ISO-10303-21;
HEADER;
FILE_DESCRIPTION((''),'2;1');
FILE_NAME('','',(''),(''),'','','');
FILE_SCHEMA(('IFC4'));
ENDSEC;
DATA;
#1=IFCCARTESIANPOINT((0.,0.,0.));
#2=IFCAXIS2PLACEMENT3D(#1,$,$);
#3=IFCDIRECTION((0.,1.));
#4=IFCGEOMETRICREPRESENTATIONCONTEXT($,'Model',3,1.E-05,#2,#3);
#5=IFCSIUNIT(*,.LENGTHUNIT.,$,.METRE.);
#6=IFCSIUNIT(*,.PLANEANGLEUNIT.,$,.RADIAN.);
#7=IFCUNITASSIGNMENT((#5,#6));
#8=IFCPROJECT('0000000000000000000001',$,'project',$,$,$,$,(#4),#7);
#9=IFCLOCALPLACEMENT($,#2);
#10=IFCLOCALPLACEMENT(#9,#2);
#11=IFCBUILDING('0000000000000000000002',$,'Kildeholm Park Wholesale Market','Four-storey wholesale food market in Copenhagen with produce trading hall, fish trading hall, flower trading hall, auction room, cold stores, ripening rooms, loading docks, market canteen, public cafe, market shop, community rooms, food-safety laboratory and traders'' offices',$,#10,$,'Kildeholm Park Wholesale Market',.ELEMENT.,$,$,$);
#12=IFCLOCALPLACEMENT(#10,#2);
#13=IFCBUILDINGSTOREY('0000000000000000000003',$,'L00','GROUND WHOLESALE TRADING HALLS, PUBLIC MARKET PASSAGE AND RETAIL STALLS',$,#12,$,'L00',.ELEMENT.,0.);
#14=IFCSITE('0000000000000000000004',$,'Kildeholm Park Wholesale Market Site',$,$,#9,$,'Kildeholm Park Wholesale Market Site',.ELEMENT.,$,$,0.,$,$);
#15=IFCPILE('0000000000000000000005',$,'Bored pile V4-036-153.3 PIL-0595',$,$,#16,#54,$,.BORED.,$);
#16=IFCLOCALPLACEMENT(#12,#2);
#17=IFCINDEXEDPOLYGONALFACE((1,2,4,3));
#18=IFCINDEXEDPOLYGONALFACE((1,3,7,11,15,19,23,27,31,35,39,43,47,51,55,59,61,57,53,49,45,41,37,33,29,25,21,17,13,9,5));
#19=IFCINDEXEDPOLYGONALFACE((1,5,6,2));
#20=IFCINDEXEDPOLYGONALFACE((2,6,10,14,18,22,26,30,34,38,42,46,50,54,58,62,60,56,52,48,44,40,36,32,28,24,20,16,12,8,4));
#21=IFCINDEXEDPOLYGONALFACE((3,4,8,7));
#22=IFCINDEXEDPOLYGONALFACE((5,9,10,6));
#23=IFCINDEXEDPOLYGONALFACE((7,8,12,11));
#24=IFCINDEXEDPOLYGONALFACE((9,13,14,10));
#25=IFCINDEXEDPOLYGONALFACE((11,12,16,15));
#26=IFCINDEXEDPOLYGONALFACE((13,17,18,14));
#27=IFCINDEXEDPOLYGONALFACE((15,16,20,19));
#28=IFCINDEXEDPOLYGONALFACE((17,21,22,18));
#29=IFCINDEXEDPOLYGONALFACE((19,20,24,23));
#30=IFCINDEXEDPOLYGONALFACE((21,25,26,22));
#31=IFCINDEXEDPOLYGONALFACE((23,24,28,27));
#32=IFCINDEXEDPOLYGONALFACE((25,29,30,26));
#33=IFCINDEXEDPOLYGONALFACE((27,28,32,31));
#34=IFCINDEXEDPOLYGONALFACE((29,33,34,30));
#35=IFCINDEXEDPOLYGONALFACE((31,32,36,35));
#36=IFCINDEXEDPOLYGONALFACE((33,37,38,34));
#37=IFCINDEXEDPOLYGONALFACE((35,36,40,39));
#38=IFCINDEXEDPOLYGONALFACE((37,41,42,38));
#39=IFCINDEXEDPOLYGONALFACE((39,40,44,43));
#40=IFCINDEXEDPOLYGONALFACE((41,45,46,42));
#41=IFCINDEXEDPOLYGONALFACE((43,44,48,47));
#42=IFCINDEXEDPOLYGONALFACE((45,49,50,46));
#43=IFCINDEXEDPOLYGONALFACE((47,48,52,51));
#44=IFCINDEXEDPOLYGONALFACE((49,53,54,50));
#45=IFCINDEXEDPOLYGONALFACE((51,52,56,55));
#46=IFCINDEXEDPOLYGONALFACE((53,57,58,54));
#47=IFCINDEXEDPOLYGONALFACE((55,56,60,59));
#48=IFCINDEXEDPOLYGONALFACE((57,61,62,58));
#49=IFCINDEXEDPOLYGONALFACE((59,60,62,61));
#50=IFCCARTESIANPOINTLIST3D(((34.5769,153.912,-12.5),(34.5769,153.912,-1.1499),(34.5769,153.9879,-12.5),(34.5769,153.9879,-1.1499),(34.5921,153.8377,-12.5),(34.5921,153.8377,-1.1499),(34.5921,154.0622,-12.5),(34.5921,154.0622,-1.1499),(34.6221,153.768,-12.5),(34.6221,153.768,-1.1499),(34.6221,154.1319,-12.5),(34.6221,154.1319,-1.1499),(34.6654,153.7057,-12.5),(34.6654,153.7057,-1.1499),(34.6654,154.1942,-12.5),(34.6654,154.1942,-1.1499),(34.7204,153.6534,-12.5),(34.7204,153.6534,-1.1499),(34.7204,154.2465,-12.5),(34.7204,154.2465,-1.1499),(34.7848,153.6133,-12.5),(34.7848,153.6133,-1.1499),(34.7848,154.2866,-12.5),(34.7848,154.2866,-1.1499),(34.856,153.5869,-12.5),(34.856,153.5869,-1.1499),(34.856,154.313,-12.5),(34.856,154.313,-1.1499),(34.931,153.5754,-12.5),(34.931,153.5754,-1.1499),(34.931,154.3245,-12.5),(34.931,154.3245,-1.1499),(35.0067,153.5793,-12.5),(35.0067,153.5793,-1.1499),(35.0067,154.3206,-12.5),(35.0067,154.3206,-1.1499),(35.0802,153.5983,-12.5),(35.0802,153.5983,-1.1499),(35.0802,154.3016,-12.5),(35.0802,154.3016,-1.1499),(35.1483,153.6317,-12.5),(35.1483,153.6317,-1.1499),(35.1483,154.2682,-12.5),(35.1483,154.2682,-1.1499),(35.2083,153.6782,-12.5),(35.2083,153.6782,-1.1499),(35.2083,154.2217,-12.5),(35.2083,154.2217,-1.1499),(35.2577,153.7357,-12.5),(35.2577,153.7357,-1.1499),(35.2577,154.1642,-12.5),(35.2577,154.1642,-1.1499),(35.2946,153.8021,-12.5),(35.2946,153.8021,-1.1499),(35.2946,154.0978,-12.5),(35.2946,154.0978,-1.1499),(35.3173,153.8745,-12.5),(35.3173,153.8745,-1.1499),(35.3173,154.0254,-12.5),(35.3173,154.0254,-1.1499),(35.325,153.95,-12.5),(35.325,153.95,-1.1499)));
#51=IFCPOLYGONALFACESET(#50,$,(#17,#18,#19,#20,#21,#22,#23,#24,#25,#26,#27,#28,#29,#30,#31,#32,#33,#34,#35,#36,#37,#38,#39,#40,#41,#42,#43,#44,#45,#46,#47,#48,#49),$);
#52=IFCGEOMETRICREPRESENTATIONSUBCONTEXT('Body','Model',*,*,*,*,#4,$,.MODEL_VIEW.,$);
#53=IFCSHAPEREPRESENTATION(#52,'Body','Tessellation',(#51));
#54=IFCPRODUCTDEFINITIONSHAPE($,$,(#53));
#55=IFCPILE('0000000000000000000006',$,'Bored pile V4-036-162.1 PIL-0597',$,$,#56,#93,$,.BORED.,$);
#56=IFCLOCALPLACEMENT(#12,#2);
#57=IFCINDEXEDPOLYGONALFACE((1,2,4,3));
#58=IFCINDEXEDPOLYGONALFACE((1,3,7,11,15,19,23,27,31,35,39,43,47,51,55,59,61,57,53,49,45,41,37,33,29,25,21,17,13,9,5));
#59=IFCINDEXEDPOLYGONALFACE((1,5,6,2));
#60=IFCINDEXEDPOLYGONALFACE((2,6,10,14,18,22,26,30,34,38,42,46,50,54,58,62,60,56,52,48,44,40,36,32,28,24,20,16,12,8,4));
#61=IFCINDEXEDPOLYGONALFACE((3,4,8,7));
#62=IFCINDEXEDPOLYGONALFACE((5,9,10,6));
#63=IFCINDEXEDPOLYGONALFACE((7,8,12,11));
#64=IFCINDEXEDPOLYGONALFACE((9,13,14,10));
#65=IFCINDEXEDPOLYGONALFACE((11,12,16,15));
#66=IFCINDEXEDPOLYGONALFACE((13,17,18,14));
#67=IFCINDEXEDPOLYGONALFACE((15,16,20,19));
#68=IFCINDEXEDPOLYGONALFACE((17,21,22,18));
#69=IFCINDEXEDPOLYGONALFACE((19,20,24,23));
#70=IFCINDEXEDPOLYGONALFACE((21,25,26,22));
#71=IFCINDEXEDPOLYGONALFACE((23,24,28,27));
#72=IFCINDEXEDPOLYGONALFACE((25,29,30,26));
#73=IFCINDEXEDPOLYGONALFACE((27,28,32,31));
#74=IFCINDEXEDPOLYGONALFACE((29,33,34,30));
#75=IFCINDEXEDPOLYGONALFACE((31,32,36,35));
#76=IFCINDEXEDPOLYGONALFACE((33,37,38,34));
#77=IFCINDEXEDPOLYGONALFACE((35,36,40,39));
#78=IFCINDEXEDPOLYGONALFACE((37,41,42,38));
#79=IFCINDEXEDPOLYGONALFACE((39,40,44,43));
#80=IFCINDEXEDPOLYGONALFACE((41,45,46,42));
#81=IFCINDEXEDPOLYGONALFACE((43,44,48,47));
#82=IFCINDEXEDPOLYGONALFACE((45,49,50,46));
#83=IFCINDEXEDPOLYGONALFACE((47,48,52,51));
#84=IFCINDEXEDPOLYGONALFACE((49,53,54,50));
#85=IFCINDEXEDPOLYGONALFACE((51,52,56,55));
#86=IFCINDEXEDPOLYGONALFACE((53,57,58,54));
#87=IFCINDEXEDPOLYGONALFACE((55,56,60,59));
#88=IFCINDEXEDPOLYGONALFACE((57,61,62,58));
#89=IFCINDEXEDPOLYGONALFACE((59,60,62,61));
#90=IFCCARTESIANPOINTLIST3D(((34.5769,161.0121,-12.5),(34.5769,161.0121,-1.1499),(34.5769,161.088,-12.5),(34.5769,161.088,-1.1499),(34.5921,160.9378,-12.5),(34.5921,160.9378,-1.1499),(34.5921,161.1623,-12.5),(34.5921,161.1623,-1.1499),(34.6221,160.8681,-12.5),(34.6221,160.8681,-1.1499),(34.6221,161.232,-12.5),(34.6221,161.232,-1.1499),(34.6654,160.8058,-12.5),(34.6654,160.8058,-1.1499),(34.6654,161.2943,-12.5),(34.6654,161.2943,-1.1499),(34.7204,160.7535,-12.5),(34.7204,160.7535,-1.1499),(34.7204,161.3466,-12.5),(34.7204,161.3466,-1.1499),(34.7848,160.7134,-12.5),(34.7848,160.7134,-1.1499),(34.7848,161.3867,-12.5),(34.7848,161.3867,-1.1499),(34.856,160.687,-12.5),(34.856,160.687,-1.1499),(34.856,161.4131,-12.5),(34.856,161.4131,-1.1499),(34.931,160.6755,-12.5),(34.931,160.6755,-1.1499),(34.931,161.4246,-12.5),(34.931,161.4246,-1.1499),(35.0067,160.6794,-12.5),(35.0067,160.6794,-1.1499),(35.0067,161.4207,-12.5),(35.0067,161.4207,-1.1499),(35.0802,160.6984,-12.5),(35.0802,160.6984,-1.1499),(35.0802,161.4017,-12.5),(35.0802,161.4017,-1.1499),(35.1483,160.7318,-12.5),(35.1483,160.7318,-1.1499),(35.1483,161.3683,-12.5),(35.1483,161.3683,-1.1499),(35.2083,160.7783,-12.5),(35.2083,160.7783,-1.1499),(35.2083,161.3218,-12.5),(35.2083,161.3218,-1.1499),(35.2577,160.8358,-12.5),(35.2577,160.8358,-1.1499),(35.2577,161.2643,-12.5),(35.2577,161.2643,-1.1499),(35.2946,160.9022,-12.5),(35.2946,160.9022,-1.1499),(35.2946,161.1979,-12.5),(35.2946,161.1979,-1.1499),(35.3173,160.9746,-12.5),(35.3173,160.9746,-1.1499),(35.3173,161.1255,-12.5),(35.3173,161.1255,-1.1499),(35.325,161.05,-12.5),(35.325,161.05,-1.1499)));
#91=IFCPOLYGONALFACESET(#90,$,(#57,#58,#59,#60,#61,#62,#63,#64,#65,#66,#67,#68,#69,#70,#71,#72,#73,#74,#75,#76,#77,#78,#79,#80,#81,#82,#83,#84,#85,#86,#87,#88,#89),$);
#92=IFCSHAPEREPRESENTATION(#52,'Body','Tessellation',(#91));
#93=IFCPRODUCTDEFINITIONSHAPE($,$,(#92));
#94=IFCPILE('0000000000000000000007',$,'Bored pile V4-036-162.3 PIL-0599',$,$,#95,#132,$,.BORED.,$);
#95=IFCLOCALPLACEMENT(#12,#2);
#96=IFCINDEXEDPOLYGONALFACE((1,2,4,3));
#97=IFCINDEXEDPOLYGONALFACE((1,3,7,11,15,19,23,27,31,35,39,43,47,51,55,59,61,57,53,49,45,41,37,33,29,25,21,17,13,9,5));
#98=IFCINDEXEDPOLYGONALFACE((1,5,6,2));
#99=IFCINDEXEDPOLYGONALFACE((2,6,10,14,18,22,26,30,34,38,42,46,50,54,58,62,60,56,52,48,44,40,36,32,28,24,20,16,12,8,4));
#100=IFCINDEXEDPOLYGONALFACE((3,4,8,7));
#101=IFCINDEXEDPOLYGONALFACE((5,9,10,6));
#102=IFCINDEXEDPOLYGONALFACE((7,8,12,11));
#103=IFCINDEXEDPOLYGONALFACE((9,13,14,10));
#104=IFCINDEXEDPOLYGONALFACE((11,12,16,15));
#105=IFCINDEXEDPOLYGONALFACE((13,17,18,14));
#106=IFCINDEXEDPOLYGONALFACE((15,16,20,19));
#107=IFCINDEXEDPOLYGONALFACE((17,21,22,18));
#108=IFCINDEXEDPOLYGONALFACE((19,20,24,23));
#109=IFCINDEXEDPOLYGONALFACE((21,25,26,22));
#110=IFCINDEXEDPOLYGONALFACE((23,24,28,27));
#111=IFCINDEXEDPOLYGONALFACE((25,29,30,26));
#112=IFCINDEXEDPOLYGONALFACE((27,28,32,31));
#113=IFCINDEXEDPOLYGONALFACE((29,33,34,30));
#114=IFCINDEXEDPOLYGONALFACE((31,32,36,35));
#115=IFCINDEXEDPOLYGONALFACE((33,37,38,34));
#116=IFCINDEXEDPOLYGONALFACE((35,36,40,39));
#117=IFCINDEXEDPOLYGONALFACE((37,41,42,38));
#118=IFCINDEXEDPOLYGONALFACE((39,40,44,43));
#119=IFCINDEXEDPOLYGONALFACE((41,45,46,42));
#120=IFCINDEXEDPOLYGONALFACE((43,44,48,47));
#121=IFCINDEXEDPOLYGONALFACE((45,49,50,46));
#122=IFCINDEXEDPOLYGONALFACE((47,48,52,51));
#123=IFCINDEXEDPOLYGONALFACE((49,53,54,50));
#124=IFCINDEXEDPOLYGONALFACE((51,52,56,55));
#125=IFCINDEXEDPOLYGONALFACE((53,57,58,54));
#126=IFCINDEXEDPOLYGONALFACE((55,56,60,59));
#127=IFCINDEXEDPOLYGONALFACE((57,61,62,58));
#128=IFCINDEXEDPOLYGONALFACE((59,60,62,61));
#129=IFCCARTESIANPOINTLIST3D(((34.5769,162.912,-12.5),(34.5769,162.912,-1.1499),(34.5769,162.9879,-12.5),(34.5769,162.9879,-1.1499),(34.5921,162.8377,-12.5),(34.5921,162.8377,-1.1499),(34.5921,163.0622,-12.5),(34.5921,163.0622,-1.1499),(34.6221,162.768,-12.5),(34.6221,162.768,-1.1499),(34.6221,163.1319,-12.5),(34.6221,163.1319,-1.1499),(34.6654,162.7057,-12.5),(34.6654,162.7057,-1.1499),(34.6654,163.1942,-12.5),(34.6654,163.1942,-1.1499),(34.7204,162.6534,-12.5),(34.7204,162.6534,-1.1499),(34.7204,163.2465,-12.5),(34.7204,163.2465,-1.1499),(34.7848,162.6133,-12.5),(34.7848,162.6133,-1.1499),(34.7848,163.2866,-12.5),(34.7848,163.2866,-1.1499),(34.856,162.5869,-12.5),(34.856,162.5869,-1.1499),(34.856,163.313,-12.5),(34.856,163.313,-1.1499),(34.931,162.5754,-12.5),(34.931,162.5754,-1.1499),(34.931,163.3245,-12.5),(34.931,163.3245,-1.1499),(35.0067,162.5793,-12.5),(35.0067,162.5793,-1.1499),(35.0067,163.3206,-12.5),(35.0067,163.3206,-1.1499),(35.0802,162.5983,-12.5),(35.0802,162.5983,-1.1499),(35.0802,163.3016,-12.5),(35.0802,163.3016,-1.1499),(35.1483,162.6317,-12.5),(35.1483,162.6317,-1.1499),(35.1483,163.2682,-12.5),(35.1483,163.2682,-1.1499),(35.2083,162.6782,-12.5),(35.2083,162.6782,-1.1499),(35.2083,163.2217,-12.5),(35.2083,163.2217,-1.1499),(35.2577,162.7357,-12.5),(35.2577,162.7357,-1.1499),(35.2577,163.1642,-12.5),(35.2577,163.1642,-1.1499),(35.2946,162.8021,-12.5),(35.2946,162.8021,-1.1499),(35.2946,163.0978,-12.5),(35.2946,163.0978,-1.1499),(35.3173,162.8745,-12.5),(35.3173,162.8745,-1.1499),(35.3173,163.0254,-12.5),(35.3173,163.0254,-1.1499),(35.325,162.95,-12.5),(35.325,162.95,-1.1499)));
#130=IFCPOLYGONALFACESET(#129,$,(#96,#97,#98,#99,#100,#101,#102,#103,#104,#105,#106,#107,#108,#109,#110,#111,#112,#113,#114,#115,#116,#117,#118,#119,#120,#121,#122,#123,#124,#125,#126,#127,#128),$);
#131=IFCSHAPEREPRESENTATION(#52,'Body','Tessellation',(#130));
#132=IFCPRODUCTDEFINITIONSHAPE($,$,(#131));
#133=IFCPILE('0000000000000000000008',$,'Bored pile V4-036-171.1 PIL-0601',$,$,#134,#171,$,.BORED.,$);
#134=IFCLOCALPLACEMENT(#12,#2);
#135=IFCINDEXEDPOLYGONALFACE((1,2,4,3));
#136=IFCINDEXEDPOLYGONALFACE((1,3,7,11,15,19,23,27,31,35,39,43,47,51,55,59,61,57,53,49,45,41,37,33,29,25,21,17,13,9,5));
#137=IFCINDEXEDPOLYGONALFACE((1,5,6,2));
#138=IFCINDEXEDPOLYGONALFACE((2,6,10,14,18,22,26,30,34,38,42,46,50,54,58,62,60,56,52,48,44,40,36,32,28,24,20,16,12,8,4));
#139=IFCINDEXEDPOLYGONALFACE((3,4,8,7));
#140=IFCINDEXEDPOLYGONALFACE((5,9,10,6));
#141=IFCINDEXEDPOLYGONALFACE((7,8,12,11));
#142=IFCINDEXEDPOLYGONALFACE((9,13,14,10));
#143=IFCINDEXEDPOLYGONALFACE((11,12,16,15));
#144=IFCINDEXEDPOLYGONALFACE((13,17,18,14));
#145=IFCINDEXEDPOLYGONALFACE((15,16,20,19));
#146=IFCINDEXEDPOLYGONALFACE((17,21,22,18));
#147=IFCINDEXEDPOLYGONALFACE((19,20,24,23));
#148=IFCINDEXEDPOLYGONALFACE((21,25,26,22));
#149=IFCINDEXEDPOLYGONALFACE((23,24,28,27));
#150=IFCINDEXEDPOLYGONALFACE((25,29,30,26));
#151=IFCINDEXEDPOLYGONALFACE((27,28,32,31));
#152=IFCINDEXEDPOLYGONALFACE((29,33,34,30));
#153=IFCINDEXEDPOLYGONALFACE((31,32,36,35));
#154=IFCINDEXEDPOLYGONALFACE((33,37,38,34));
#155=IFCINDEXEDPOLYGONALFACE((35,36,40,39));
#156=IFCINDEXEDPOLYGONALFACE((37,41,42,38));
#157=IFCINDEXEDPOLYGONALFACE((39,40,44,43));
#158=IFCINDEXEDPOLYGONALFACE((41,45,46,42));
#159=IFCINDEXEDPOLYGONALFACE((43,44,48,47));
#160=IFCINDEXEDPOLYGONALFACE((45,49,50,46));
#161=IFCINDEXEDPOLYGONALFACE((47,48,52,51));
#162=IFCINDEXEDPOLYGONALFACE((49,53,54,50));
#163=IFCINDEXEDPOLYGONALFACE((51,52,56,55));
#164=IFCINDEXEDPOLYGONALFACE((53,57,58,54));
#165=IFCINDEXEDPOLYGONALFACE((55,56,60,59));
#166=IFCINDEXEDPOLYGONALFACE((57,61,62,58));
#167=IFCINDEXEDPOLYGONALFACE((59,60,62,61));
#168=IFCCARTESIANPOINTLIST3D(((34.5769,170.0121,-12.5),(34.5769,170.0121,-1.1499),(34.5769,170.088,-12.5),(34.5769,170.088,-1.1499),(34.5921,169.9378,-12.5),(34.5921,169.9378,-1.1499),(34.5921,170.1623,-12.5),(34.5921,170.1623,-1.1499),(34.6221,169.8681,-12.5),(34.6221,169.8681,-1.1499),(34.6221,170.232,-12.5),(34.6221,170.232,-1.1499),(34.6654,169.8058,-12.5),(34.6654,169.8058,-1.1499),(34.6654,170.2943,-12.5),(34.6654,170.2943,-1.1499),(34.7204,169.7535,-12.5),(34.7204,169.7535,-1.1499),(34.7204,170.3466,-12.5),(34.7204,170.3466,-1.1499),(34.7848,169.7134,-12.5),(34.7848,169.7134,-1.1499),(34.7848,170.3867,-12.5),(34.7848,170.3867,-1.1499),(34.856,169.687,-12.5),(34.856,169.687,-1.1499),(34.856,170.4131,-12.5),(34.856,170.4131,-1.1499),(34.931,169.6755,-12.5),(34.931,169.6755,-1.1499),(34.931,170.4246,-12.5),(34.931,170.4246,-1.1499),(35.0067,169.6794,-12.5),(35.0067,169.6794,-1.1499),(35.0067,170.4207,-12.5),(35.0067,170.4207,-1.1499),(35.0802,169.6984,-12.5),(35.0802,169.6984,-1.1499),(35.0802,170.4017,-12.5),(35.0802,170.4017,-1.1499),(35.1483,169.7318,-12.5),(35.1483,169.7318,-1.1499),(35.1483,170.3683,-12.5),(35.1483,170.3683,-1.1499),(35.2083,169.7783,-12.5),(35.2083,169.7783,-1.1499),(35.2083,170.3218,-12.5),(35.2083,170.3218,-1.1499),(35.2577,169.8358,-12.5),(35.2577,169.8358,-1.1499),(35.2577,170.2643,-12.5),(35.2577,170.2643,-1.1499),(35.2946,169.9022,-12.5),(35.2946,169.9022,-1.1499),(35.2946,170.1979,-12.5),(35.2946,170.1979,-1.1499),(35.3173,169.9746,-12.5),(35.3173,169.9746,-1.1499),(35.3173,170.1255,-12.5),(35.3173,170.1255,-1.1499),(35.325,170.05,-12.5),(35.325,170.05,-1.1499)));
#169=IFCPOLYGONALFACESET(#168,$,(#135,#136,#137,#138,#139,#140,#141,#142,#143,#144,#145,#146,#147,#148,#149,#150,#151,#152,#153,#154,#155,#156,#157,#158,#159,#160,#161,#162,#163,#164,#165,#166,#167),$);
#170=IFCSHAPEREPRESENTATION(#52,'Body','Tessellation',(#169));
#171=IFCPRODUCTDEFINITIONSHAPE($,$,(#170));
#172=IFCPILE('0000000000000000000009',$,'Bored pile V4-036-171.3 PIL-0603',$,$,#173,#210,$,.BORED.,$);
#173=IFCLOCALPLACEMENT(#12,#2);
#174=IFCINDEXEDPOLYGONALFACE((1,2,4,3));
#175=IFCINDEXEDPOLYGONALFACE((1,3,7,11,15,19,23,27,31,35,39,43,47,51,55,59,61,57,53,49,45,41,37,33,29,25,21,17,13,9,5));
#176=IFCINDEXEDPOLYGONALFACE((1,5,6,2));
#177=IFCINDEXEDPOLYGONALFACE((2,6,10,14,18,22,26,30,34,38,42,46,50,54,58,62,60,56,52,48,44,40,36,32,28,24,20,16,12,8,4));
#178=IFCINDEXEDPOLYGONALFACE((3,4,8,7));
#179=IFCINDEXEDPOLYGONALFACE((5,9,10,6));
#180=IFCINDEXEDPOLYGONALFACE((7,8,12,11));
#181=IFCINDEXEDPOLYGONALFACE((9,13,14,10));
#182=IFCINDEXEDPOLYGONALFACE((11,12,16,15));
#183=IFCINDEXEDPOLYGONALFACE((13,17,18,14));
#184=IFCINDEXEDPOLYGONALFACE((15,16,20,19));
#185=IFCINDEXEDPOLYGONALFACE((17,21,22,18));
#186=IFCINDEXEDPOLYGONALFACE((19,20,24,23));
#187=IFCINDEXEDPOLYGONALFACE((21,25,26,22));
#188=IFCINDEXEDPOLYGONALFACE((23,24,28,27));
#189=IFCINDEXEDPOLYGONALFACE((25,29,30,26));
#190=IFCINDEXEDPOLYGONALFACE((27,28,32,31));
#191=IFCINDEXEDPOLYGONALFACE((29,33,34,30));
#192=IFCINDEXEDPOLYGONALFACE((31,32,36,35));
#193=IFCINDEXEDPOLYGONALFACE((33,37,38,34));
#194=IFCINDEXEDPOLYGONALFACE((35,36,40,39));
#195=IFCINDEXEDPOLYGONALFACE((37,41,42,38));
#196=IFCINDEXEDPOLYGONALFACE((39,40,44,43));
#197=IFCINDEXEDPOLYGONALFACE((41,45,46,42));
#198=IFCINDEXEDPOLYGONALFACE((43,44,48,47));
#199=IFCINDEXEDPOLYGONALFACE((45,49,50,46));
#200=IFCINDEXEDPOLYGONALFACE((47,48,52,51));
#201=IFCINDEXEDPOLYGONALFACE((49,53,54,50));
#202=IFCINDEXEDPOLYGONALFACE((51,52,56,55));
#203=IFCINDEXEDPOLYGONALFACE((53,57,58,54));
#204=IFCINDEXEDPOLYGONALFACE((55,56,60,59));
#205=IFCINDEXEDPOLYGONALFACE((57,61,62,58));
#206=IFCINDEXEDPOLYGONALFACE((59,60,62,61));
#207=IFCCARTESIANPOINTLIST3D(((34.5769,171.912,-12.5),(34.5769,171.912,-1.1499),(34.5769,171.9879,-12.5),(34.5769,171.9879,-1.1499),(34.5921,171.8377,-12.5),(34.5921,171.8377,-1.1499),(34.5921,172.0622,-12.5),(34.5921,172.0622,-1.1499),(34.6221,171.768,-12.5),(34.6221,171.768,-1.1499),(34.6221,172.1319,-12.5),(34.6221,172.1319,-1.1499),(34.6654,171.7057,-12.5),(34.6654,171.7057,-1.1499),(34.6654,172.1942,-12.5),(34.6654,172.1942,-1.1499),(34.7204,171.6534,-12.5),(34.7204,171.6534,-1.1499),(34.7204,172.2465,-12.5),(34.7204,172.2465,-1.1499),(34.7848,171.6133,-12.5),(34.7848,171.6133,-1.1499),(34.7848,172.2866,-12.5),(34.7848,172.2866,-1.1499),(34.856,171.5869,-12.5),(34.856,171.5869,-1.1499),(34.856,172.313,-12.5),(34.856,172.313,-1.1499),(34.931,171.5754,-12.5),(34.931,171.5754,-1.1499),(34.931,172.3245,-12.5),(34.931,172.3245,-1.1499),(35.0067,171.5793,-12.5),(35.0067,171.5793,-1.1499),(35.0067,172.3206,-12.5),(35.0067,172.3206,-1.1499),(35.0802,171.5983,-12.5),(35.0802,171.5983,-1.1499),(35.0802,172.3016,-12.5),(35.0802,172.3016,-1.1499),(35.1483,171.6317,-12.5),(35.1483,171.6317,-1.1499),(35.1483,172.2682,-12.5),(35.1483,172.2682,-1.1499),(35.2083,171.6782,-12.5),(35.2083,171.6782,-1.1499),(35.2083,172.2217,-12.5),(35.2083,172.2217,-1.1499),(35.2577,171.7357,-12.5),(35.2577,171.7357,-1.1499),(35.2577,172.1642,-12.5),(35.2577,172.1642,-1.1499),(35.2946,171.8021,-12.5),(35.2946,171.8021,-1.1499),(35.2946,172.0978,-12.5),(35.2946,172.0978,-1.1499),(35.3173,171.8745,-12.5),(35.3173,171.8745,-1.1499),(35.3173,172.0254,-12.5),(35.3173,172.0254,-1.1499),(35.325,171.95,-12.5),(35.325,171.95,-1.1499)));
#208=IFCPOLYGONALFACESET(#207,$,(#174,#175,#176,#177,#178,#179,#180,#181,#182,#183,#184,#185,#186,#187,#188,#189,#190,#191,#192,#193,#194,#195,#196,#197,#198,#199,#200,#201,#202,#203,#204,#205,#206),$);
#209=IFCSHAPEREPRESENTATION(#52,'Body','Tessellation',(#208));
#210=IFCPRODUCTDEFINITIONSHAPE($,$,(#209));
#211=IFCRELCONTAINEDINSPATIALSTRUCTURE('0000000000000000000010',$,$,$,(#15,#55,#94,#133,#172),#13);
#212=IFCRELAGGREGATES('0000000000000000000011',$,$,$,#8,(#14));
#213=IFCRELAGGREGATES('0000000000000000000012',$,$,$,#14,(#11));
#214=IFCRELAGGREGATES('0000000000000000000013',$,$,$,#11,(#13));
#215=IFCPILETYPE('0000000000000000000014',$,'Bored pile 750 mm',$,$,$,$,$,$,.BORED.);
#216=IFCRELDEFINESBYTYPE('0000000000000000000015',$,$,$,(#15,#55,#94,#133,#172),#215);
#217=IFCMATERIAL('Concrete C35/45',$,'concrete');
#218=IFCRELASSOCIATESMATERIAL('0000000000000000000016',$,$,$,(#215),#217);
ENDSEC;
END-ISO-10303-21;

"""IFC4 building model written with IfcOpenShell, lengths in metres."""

from ifc_helpers import new_model, si_unit, direction, frame, origin, origin_2d, place, context, subcontext, project, spatial, circle, extrude, material, material_profile, profile_set, type_object, element, save


model = new_model("IFC4")

# Units and contexts
model_context = context("Model", 3, precision=1e-05, world=origin(), true_north=direction((0.0, 1.0)))
body_context = subcontext(model_context, "Body", "Model", "MODEL_VIEW")
ifc_project = project(units=[si_unit("LENGTHUNIT", "METRE"), si_unit("PLANEANGLEUNIT", "RADIAN")], contexts=[model_context])

# Site, building, storey
site_placement = place(None, origin())
site = spatial("IfcSite", under=ifc_project, at=site_placement, Name="Kildeholm Park Wholesale Market Site", LongName="Kildeholm Park Wholesale Market Site", CompositionType="ELEMENT", RefElevation=0.0)
building_placement = place(site_placement, origin())
building = spatial("IfcBuilding", under=site, at=building_placement, Name="Kildeholm Park Wholesale Market", Description="Four-storey wholesale food market in Copenhagen with produce trading hall, fish trading hall, flower trading hall, auction room, cold stores, ripening rooms, loading docks, market canteen, public cafe, market shop, community rooms, food-safety laboratory and traders' offices", LongName="Kildeholm Park Wholesale Market", CompositionType="ELEMENT")
storey_placement = place(building_placement, origin())
storey = spatial("IfcBuildingStorey", under=building, at=storey_placement, Name="L00", Description="GROUND WHOLESALE TRADING HALLS, PUBLIC MARKET PASSAGE AND RETAIL STALLS", LongName="L00", CompositionType="ELEMENT", Elevation=0.0)

# Piles
ifc_material_1 = material(Name="Concrete C35/45", Category="concrete")
ifc_material_profile_1 = material_profile(ifc_material_1, circle(Radius=0.375, at=origin_2d()), Name="PILE D750")
ifc_profile_set_1 = profile_set([ifc_material_profile_1], Name="Concrete C35/45")
pile_type = type_object("IfcPileType", Name="Bored pile 750 mm", PredefinedType="BORED", material=ifc_profile_set_1)
for number, where, z_axis, x_axis, name in (
    (1, (34.95, 153.95, -1.1499), (0.0, 0.0, -1.0), (1.0, 0.0, 0.0), "Bored pile V4-036-153.3 PIL-0595"),
    (2, (34.95, 161.05, -1.1499), (0.0, 0.0, -1.0), (1.0, 0.0, 0.0), "Bored pile V4-036-162.1 PIL-0597"),
    (3, (34.95, 162.95, -1.1499), (0.0, 0.0, -1.0), (1.0, 0.0, 0.0), "Bored pile V4-036-162.3 PIL-0599"),
    (4, (34.95, 170.05, -1.1499), (0.0, 0.0, -1.0), (1.0, 0.0, 0.0), "Bored pile V4-036-171.1 PIL-0601"),
    (5, (34.95, 171.95, -1.1499), (0.0, 0.0, -1.0), (1.0, 0.0, 0.0), "Bored pile V4-036-171.3 PIL-0603"),
):
    element("IfcPile", number, at=place(storey_placement, frame(where, z_axis=z_axis, x_axis=x_axis)), inside=storey, type_object=pile_type, Name=name, PredefinedType="BORED", context=body_context, shape_type="SweptSolid", body=[
        extrude(circle(Radius=0.375, at=origin_2d()), origin(), (0.0, 0.0, 1.0), 11.3501),
    ])

save(model, "model.ifc")
